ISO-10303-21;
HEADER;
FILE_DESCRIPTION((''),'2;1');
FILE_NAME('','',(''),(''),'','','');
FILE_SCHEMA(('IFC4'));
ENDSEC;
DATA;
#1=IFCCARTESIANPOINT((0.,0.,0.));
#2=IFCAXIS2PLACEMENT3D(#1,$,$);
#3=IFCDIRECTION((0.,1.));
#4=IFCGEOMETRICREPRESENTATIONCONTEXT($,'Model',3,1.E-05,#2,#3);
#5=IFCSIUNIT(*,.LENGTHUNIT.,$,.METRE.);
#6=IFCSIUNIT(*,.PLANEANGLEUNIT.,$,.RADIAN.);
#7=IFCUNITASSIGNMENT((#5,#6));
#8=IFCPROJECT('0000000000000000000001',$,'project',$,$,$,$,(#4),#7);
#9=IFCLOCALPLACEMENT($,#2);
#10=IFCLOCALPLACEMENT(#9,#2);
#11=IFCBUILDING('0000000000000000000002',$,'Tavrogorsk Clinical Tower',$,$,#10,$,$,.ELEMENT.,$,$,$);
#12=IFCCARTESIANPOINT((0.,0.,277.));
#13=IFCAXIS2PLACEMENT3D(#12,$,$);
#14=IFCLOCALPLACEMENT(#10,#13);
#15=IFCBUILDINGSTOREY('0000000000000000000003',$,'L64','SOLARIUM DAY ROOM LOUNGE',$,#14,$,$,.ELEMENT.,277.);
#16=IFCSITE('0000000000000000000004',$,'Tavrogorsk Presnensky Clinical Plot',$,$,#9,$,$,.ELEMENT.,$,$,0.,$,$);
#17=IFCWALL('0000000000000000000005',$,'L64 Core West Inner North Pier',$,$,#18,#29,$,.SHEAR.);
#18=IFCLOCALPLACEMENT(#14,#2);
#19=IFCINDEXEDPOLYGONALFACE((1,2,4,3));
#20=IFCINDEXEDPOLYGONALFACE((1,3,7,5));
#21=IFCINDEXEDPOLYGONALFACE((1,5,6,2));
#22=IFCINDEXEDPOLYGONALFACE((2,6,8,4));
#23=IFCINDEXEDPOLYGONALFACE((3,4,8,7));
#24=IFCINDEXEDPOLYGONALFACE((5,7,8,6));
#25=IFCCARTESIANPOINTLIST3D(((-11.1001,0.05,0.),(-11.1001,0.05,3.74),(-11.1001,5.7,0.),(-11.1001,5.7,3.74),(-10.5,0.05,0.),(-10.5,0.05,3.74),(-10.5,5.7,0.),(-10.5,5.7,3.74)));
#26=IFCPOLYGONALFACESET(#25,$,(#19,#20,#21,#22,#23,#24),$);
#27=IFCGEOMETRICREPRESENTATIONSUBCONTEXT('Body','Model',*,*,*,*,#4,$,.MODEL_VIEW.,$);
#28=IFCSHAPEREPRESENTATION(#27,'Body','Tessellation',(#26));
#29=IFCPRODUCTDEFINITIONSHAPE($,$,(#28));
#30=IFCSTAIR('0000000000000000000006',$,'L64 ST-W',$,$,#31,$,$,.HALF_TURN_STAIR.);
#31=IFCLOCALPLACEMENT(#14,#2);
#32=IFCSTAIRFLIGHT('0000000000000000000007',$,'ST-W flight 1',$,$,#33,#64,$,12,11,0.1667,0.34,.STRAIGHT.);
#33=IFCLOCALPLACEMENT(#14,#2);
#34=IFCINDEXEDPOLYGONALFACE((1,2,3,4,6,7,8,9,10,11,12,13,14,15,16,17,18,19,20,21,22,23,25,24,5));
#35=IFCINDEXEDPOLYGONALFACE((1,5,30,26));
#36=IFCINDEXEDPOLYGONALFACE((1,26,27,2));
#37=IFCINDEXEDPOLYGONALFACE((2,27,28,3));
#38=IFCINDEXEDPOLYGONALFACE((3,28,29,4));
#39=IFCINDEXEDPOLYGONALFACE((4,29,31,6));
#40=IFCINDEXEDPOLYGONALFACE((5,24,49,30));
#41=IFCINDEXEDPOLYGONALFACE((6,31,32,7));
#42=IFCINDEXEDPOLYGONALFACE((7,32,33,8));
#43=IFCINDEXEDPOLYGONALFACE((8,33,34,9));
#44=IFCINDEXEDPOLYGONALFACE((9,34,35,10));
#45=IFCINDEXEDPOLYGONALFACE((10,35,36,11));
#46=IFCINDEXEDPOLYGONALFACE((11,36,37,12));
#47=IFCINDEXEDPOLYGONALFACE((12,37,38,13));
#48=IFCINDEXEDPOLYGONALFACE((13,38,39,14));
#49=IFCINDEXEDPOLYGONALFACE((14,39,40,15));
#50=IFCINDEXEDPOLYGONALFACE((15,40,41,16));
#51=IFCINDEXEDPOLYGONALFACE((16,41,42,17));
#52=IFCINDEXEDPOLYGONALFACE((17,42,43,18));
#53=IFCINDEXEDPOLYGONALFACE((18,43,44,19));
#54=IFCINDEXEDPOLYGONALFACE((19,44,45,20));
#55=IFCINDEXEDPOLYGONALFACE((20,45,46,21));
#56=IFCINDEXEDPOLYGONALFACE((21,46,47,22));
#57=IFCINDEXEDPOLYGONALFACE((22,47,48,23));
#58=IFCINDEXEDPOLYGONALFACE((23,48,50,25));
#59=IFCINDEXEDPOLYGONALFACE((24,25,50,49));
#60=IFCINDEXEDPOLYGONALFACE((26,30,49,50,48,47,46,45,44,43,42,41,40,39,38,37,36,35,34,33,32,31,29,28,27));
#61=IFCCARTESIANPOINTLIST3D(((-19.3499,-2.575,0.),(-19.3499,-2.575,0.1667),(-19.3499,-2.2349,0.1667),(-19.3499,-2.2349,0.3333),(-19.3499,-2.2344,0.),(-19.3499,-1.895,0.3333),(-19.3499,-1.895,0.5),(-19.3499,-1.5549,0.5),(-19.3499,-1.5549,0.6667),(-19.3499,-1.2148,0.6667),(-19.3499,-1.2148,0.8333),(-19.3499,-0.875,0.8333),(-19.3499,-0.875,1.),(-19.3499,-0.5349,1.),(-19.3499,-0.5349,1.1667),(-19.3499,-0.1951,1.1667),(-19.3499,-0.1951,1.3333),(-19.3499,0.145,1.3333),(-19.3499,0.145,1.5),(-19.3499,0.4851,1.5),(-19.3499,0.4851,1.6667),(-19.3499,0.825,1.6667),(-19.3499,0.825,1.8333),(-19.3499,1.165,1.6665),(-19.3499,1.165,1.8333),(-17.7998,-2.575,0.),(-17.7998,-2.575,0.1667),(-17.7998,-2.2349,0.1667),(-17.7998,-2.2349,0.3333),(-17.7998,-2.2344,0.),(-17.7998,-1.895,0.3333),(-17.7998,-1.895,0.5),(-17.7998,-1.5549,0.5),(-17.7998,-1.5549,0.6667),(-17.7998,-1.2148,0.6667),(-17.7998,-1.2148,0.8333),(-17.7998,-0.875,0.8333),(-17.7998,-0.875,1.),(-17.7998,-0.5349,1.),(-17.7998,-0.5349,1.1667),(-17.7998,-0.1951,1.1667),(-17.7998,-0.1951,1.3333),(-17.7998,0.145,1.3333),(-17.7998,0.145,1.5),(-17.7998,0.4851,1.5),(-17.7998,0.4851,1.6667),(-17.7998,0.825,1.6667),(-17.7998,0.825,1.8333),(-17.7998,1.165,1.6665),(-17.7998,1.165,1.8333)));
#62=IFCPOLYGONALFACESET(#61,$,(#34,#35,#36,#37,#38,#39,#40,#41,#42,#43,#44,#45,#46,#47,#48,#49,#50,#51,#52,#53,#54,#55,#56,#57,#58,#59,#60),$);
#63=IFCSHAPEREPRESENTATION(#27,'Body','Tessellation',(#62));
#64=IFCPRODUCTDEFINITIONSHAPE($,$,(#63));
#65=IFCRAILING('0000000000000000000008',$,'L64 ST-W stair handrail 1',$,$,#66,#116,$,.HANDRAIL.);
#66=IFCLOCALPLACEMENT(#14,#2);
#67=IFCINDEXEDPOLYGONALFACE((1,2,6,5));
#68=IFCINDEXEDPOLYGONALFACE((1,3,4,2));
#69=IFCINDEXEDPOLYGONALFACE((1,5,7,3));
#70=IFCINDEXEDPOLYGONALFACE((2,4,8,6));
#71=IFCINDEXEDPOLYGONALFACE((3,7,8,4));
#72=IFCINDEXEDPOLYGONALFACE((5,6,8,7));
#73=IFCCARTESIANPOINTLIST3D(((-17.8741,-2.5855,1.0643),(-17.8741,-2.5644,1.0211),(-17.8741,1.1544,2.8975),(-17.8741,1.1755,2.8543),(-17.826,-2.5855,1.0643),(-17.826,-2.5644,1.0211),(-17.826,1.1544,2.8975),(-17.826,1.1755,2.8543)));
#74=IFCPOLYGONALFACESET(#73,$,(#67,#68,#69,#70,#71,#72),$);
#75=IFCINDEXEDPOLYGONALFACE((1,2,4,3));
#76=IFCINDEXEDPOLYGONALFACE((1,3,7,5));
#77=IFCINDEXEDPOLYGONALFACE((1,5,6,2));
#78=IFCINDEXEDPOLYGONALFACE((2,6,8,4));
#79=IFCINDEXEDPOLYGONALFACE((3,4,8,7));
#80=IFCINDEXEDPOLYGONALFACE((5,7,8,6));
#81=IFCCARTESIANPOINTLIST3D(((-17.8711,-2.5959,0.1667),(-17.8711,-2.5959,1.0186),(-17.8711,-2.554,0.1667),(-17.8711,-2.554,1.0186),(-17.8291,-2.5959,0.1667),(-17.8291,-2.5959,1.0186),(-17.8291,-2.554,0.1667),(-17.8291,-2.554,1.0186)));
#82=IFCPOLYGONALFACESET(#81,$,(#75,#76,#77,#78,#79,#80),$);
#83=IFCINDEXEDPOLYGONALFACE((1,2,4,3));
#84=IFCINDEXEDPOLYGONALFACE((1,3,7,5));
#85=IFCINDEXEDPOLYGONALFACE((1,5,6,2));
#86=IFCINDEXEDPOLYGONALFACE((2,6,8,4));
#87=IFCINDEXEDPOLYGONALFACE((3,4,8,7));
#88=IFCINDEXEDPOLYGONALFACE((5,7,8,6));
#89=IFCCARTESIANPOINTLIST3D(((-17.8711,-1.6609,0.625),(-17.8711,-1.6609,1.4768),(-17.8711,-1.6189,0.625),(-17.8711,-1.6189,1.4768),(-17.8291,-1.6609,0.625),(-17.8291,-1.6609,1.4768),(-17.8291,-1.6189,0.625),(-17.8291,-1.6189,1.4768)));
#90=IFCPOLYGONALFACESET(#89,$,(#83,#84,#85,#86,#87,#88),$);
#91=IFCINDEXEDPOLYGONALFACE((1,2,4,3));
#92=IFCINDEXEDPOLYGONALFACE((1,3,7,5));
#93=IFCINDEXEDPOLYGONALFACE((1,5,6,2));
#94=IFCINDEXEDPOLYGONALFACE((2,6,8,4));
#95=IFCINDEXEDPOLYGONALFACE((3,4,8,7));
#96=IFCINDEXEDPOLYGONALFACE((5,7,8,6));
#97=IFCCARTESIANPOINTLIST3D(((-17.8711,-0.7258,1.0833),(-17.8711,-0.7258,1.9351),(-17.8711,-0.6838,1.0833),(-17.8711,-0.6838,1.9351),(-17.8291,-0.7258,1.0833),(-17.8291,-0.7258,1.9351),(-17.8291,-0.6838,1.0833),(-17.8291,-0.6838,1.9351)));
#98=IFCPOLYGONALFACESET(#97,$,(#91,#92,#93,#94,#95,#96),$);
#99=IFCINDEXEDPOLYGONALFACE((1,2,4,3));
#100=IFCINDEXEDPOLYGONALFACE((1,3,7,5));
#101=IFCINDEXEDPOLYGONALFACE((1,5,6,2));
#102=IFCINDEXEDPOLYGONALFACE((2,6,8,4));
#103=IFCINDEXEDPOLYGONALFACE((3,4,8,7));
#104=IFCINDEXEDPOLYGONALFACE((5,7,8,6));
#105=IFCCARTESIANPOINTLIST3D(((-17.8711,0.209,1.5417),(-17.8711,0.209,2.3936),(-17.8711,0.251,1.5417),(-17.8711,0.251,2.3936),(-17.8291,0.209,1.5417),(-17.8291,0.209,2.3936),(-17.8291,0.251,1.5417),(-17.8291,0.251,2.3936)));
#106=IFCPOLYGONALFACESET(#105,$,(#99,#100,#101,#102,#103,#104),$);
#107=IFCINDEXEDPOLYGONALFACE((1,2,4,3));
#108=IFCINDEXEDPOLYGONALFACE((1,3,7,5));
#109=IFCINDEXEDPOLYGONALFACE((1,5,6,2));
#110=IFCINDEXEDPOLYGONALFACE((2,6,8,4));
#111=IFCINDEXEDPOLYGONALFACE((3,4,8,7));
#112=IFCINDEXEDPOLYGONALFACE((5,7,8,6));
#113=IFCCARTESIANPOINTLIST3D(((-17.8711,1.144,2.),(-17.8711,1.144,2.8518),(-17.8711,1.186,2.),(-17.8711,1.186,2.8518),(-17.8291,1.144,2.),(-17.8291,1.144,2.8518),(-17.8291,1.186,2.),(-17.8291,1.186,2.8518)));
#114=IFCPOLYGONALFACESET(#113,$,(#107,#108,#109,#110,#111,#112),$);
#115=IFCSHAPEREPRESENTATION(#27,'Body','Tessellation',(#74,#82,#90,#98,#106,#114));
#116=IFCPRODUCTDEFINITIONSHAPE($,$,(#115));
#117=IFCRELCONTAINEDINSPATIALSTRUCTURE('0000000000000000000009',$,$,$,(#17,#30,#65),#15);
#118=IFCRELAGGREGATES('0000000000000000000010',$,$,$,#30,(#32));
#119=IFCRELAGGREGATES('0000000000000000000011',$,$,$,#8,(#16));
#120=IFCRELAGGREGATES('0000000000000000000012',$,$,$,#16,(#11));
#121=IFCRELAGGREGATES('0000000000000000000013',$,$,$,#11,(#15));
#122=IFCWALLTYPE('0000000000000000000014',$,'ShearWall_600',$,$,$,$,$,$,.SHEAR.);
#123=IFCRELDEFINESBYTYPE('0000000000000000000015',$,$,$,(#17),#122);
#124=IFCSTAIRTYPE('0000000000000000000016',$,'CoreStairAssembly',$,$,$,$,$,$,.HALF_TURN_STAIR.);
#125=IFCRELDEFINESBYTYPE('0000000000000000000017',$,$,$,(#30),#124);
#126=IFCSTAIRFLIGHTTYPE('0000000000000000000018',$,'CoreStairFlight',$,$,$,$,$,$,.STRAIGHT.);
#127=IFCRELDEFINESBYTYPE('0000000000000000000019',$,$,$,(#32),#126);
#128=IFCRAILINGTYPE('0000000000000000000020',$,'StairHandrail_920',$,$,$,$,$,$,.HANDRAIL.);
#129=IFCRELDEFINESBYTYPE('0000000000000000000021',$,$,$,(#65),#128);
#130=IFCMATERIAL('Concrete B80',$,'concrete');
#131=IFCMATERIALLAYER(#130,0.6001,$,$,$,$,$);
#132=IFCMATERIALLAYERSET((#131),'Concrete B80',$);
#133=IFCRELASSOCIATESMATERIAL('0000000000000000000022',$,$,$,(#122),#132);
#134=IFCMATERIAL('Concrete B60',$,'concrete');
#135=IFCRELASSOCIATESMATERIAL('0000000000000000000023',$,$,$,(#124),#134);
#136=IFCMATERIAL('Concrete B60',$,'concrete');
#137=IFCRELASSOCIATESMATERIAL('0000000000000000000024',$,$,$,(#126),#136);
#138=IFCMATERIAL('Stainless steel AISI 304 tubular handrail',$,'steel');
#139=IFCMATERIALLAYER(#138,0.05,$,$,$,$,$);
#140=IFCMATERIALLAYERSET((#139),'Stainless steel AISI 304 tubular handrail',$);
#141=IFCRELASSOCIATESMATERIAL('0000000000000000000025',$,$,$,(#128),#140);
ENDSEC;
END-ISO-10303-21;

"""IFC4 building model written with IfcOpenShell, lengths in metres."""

from ifc_helpers import new_model, si_unit, direction, frame, frame_2d, origin, origin_2d, place, context, subcontext, project, spatial, polyline, rectangle, outline, extrude, material, layer, layer_set, type_object, element, aggregate, save


model = new_model("IFC4")

# Units and contexts
model_context = context("Model", 3, precision=1e-05, world=origin(), true_north=direction((0.0, 1.0)))
body_context = subcontext(model_context, "Body", "Model", "MODEL_VIEW")
ifc_project = project(units=[si_unit("LENGTHUNIT", "METRE"), si_unit("PLANEANGLEUNIT", "RADIAN")], contexts=[model_context])

# Site, building, storey
site_placement = place(None, origin())
site = spatial("IfcSite", under=ifc_project, at=site_placement, Name="Tavrogorsk Presnensky Clinical Plot", CompositionType="ELEMENT", RefElevation=0.0)
building_placement = place(site_placement, origin())
building = spatial("IfcBuilding", under=site, at=building_placement, Name="Tavrogorsk Clinical Tower", CompositionType="ELEMENT")
storey_placement = place(building_placement, frame((0.0, 0.0, 277.0)))
storey = spatial("IfcBuildingStorey", under=building, at=storey_placement, Name="L64", Description="SOLARIUM DAY ROOM LOUNGE", CompositionType="ELEMENT", Elevation=277.0)

# Wall
ifc_material_1 = material(Name="Concrete B80", Category="concrete")
ifc_layer_1 = layer(ifc_material_1, 0.6001)
ifc_layer_set_1 = layer_set([ifc_layer_1], Name="Concrete B80")
wall_type_1 = type_object("IfcWallType", Name="ShearWall_600", PredefinedType="SHEAR", material=ifc_layer_set_1)
wall_1_placement = place(storey_placement, frame((-10.8, 0.05, 0.0), z_axis=(0.0, 0.0, 1.0), x_axis=(0.0, 1.0, 0.0)))
element("IfcWall", 1, at=wall_1_placement, inside=storey, type_object=wall_type_1, Name="L64 Core West Inner North Pier", PredefinedType="SHEAR", context=body_context, shape_type="SweptSolid", body=[
    extrude(rectangle(XDim=5.6499, YDim=0.6001, at=frame_2d((2.825, 0.0))), origin(), (0.0, 0.0, 1.0), 3.74),
])

# Stair, stair flight
ifc_material_2 = material(Name="Concrete B60", Category="concrete")
stair_type = type_object("IfcStairType", Name="CoreStairAssembly", PredefinedType="HALF_TURN_STAIR", material=ifc_material_2)
stair_placement = place(storey_placement, origin())
stair = element("IfcStair", 2, at=stair_placement, inside=storey, type_object=stair_type, Name="L64 ST-W", PredefinedType="HALF_TURN_STAIR")
ifc_material_3 = material(Name="Concrete B60", Category="concrete")
stair_flight_type = type_object("IfcStairFlightType", Name="CoreStairFlight", PredefinedType="STRAIGHT", material=ifc_material_3)
stair_flight_placement = place(storey_placement, frame((-18.575, -2.575, 0.0), z_axis=(0.0, 0.0, 1.0), x_axis=(0.0, 1.0, 0.0)))
stair_flight = element("IfcStairFlight", 3, at=stair_flight_placement, type_object=stair_flight_type, Name="ST-W flight 1", NumberOfRisers=12, NumberOfTreads=11, PredefinedType="STRAIGHT", RiserHeight=0.1667, TreadLength=0.34, context=body_context, shape_type="SweptSolid", body=[
    extrude(outline(polyline([(0.0, 0.0), (0.0, 0.1667), (0.3401, 0.1667), (0.3401, 0.3333), (0.6799, 0.3333), (0.6799, 0.5), (1.02, 0.5), (1.02, 0.6667), (1.3601, 0.6667), (1.3601, 0.8333), (1.7, 0.8333), (1.7, 1.0), (2.04, 1.0), (2.04, 1.1667), (2.3799, 1.1667), (2.3799, 1.3333), (2.72, 1.3333), (2.72, 1.5), (3.0601, 1.5), (3.0601, 1.6667), (3.3999, 1.6667), (3.3999, 1.8333), (3.74, 1.8333), (3.74, 2.0), (3.74, 1.6665), (0.3406, 0.0), (0.0, 0.0)])), frame((0.0, 0.7749, 0.0), z_axis=(0.0, -1.0, 0.0), x_axis=(1.0, 0.0, 0.0)), (0.0, 0.0, 1.0), 1.55),
])
aggregate(stair, [stair_flight])

# Railing
ifc_material_4 = material(Name="Stainless steel AISI 304 tubular handrail", Category="steel")
ifc_layer_2 = layer(ifc_material_4, 0.05)
ifc_layer_set_2 = layer_set([ifc_layer_2], Name="Stainless steel AISI 304 tubular handrail")
railing_type = type_object("IfcRailingType", Name="StairHandrail_920", PredefinedType="HANDRAIL", material=ifc_layer_set_2)
railing_placement = place(storey_placement, frame((-17.8501, -2.575, 0.1667)))
element("IfcRailing", 4, at=railing_placement, inside=storey, type_object=railing_type, Name="L64 ST-W stair handrail 1", PredefinedType="HANDRAIL", context=body_context, shape_type="SweptSolid", body=[
    extrude(rectangle(XDim=0.0481, YDim=0.0481, at=origin_2d()), frame((0.0, 0.0, 0.876), z_axis=(0.0, 0.897928, 0.440142), x_axis=(-1.0, 0.0, 0.0)), (0.0, 0.0, 1.0), 4.165),
    extrude(rectangle(XDim=0.042, YDim=0.042, at=origin_2d()), origin(), (0.0, 0.0, 1.0), 0.8518),
    extrude(rectangle(XDim=0.042, YDim=0.042, at=origin_2d()), frame((0.0, 0.9351, 0.4583)), (0.0, 0.0, 1.0), 0.8518),
    extrude(rectangle(XDim=0.042, YDim=0.042, at=origin_2d()), frame((0.0, 1.8701, 0.9165)), (0.0, 0.0, 1.0), 0.8518),
    extrude(rectangle(XDim=0.042, YDim=0.042, at=origin_2d()), frame((0.0, 2.8049, 1.375)), (0.0, 0.0, 1.0), 0.8518),
    extrude(rectangle(XDim=0.042, YDim=0.042, at=origin_2d()), frame((0.0, 3.74, 1.8333)), (0.0, 0.0, 1.0), 0.8518),
])

save(model, "model.ifc")
